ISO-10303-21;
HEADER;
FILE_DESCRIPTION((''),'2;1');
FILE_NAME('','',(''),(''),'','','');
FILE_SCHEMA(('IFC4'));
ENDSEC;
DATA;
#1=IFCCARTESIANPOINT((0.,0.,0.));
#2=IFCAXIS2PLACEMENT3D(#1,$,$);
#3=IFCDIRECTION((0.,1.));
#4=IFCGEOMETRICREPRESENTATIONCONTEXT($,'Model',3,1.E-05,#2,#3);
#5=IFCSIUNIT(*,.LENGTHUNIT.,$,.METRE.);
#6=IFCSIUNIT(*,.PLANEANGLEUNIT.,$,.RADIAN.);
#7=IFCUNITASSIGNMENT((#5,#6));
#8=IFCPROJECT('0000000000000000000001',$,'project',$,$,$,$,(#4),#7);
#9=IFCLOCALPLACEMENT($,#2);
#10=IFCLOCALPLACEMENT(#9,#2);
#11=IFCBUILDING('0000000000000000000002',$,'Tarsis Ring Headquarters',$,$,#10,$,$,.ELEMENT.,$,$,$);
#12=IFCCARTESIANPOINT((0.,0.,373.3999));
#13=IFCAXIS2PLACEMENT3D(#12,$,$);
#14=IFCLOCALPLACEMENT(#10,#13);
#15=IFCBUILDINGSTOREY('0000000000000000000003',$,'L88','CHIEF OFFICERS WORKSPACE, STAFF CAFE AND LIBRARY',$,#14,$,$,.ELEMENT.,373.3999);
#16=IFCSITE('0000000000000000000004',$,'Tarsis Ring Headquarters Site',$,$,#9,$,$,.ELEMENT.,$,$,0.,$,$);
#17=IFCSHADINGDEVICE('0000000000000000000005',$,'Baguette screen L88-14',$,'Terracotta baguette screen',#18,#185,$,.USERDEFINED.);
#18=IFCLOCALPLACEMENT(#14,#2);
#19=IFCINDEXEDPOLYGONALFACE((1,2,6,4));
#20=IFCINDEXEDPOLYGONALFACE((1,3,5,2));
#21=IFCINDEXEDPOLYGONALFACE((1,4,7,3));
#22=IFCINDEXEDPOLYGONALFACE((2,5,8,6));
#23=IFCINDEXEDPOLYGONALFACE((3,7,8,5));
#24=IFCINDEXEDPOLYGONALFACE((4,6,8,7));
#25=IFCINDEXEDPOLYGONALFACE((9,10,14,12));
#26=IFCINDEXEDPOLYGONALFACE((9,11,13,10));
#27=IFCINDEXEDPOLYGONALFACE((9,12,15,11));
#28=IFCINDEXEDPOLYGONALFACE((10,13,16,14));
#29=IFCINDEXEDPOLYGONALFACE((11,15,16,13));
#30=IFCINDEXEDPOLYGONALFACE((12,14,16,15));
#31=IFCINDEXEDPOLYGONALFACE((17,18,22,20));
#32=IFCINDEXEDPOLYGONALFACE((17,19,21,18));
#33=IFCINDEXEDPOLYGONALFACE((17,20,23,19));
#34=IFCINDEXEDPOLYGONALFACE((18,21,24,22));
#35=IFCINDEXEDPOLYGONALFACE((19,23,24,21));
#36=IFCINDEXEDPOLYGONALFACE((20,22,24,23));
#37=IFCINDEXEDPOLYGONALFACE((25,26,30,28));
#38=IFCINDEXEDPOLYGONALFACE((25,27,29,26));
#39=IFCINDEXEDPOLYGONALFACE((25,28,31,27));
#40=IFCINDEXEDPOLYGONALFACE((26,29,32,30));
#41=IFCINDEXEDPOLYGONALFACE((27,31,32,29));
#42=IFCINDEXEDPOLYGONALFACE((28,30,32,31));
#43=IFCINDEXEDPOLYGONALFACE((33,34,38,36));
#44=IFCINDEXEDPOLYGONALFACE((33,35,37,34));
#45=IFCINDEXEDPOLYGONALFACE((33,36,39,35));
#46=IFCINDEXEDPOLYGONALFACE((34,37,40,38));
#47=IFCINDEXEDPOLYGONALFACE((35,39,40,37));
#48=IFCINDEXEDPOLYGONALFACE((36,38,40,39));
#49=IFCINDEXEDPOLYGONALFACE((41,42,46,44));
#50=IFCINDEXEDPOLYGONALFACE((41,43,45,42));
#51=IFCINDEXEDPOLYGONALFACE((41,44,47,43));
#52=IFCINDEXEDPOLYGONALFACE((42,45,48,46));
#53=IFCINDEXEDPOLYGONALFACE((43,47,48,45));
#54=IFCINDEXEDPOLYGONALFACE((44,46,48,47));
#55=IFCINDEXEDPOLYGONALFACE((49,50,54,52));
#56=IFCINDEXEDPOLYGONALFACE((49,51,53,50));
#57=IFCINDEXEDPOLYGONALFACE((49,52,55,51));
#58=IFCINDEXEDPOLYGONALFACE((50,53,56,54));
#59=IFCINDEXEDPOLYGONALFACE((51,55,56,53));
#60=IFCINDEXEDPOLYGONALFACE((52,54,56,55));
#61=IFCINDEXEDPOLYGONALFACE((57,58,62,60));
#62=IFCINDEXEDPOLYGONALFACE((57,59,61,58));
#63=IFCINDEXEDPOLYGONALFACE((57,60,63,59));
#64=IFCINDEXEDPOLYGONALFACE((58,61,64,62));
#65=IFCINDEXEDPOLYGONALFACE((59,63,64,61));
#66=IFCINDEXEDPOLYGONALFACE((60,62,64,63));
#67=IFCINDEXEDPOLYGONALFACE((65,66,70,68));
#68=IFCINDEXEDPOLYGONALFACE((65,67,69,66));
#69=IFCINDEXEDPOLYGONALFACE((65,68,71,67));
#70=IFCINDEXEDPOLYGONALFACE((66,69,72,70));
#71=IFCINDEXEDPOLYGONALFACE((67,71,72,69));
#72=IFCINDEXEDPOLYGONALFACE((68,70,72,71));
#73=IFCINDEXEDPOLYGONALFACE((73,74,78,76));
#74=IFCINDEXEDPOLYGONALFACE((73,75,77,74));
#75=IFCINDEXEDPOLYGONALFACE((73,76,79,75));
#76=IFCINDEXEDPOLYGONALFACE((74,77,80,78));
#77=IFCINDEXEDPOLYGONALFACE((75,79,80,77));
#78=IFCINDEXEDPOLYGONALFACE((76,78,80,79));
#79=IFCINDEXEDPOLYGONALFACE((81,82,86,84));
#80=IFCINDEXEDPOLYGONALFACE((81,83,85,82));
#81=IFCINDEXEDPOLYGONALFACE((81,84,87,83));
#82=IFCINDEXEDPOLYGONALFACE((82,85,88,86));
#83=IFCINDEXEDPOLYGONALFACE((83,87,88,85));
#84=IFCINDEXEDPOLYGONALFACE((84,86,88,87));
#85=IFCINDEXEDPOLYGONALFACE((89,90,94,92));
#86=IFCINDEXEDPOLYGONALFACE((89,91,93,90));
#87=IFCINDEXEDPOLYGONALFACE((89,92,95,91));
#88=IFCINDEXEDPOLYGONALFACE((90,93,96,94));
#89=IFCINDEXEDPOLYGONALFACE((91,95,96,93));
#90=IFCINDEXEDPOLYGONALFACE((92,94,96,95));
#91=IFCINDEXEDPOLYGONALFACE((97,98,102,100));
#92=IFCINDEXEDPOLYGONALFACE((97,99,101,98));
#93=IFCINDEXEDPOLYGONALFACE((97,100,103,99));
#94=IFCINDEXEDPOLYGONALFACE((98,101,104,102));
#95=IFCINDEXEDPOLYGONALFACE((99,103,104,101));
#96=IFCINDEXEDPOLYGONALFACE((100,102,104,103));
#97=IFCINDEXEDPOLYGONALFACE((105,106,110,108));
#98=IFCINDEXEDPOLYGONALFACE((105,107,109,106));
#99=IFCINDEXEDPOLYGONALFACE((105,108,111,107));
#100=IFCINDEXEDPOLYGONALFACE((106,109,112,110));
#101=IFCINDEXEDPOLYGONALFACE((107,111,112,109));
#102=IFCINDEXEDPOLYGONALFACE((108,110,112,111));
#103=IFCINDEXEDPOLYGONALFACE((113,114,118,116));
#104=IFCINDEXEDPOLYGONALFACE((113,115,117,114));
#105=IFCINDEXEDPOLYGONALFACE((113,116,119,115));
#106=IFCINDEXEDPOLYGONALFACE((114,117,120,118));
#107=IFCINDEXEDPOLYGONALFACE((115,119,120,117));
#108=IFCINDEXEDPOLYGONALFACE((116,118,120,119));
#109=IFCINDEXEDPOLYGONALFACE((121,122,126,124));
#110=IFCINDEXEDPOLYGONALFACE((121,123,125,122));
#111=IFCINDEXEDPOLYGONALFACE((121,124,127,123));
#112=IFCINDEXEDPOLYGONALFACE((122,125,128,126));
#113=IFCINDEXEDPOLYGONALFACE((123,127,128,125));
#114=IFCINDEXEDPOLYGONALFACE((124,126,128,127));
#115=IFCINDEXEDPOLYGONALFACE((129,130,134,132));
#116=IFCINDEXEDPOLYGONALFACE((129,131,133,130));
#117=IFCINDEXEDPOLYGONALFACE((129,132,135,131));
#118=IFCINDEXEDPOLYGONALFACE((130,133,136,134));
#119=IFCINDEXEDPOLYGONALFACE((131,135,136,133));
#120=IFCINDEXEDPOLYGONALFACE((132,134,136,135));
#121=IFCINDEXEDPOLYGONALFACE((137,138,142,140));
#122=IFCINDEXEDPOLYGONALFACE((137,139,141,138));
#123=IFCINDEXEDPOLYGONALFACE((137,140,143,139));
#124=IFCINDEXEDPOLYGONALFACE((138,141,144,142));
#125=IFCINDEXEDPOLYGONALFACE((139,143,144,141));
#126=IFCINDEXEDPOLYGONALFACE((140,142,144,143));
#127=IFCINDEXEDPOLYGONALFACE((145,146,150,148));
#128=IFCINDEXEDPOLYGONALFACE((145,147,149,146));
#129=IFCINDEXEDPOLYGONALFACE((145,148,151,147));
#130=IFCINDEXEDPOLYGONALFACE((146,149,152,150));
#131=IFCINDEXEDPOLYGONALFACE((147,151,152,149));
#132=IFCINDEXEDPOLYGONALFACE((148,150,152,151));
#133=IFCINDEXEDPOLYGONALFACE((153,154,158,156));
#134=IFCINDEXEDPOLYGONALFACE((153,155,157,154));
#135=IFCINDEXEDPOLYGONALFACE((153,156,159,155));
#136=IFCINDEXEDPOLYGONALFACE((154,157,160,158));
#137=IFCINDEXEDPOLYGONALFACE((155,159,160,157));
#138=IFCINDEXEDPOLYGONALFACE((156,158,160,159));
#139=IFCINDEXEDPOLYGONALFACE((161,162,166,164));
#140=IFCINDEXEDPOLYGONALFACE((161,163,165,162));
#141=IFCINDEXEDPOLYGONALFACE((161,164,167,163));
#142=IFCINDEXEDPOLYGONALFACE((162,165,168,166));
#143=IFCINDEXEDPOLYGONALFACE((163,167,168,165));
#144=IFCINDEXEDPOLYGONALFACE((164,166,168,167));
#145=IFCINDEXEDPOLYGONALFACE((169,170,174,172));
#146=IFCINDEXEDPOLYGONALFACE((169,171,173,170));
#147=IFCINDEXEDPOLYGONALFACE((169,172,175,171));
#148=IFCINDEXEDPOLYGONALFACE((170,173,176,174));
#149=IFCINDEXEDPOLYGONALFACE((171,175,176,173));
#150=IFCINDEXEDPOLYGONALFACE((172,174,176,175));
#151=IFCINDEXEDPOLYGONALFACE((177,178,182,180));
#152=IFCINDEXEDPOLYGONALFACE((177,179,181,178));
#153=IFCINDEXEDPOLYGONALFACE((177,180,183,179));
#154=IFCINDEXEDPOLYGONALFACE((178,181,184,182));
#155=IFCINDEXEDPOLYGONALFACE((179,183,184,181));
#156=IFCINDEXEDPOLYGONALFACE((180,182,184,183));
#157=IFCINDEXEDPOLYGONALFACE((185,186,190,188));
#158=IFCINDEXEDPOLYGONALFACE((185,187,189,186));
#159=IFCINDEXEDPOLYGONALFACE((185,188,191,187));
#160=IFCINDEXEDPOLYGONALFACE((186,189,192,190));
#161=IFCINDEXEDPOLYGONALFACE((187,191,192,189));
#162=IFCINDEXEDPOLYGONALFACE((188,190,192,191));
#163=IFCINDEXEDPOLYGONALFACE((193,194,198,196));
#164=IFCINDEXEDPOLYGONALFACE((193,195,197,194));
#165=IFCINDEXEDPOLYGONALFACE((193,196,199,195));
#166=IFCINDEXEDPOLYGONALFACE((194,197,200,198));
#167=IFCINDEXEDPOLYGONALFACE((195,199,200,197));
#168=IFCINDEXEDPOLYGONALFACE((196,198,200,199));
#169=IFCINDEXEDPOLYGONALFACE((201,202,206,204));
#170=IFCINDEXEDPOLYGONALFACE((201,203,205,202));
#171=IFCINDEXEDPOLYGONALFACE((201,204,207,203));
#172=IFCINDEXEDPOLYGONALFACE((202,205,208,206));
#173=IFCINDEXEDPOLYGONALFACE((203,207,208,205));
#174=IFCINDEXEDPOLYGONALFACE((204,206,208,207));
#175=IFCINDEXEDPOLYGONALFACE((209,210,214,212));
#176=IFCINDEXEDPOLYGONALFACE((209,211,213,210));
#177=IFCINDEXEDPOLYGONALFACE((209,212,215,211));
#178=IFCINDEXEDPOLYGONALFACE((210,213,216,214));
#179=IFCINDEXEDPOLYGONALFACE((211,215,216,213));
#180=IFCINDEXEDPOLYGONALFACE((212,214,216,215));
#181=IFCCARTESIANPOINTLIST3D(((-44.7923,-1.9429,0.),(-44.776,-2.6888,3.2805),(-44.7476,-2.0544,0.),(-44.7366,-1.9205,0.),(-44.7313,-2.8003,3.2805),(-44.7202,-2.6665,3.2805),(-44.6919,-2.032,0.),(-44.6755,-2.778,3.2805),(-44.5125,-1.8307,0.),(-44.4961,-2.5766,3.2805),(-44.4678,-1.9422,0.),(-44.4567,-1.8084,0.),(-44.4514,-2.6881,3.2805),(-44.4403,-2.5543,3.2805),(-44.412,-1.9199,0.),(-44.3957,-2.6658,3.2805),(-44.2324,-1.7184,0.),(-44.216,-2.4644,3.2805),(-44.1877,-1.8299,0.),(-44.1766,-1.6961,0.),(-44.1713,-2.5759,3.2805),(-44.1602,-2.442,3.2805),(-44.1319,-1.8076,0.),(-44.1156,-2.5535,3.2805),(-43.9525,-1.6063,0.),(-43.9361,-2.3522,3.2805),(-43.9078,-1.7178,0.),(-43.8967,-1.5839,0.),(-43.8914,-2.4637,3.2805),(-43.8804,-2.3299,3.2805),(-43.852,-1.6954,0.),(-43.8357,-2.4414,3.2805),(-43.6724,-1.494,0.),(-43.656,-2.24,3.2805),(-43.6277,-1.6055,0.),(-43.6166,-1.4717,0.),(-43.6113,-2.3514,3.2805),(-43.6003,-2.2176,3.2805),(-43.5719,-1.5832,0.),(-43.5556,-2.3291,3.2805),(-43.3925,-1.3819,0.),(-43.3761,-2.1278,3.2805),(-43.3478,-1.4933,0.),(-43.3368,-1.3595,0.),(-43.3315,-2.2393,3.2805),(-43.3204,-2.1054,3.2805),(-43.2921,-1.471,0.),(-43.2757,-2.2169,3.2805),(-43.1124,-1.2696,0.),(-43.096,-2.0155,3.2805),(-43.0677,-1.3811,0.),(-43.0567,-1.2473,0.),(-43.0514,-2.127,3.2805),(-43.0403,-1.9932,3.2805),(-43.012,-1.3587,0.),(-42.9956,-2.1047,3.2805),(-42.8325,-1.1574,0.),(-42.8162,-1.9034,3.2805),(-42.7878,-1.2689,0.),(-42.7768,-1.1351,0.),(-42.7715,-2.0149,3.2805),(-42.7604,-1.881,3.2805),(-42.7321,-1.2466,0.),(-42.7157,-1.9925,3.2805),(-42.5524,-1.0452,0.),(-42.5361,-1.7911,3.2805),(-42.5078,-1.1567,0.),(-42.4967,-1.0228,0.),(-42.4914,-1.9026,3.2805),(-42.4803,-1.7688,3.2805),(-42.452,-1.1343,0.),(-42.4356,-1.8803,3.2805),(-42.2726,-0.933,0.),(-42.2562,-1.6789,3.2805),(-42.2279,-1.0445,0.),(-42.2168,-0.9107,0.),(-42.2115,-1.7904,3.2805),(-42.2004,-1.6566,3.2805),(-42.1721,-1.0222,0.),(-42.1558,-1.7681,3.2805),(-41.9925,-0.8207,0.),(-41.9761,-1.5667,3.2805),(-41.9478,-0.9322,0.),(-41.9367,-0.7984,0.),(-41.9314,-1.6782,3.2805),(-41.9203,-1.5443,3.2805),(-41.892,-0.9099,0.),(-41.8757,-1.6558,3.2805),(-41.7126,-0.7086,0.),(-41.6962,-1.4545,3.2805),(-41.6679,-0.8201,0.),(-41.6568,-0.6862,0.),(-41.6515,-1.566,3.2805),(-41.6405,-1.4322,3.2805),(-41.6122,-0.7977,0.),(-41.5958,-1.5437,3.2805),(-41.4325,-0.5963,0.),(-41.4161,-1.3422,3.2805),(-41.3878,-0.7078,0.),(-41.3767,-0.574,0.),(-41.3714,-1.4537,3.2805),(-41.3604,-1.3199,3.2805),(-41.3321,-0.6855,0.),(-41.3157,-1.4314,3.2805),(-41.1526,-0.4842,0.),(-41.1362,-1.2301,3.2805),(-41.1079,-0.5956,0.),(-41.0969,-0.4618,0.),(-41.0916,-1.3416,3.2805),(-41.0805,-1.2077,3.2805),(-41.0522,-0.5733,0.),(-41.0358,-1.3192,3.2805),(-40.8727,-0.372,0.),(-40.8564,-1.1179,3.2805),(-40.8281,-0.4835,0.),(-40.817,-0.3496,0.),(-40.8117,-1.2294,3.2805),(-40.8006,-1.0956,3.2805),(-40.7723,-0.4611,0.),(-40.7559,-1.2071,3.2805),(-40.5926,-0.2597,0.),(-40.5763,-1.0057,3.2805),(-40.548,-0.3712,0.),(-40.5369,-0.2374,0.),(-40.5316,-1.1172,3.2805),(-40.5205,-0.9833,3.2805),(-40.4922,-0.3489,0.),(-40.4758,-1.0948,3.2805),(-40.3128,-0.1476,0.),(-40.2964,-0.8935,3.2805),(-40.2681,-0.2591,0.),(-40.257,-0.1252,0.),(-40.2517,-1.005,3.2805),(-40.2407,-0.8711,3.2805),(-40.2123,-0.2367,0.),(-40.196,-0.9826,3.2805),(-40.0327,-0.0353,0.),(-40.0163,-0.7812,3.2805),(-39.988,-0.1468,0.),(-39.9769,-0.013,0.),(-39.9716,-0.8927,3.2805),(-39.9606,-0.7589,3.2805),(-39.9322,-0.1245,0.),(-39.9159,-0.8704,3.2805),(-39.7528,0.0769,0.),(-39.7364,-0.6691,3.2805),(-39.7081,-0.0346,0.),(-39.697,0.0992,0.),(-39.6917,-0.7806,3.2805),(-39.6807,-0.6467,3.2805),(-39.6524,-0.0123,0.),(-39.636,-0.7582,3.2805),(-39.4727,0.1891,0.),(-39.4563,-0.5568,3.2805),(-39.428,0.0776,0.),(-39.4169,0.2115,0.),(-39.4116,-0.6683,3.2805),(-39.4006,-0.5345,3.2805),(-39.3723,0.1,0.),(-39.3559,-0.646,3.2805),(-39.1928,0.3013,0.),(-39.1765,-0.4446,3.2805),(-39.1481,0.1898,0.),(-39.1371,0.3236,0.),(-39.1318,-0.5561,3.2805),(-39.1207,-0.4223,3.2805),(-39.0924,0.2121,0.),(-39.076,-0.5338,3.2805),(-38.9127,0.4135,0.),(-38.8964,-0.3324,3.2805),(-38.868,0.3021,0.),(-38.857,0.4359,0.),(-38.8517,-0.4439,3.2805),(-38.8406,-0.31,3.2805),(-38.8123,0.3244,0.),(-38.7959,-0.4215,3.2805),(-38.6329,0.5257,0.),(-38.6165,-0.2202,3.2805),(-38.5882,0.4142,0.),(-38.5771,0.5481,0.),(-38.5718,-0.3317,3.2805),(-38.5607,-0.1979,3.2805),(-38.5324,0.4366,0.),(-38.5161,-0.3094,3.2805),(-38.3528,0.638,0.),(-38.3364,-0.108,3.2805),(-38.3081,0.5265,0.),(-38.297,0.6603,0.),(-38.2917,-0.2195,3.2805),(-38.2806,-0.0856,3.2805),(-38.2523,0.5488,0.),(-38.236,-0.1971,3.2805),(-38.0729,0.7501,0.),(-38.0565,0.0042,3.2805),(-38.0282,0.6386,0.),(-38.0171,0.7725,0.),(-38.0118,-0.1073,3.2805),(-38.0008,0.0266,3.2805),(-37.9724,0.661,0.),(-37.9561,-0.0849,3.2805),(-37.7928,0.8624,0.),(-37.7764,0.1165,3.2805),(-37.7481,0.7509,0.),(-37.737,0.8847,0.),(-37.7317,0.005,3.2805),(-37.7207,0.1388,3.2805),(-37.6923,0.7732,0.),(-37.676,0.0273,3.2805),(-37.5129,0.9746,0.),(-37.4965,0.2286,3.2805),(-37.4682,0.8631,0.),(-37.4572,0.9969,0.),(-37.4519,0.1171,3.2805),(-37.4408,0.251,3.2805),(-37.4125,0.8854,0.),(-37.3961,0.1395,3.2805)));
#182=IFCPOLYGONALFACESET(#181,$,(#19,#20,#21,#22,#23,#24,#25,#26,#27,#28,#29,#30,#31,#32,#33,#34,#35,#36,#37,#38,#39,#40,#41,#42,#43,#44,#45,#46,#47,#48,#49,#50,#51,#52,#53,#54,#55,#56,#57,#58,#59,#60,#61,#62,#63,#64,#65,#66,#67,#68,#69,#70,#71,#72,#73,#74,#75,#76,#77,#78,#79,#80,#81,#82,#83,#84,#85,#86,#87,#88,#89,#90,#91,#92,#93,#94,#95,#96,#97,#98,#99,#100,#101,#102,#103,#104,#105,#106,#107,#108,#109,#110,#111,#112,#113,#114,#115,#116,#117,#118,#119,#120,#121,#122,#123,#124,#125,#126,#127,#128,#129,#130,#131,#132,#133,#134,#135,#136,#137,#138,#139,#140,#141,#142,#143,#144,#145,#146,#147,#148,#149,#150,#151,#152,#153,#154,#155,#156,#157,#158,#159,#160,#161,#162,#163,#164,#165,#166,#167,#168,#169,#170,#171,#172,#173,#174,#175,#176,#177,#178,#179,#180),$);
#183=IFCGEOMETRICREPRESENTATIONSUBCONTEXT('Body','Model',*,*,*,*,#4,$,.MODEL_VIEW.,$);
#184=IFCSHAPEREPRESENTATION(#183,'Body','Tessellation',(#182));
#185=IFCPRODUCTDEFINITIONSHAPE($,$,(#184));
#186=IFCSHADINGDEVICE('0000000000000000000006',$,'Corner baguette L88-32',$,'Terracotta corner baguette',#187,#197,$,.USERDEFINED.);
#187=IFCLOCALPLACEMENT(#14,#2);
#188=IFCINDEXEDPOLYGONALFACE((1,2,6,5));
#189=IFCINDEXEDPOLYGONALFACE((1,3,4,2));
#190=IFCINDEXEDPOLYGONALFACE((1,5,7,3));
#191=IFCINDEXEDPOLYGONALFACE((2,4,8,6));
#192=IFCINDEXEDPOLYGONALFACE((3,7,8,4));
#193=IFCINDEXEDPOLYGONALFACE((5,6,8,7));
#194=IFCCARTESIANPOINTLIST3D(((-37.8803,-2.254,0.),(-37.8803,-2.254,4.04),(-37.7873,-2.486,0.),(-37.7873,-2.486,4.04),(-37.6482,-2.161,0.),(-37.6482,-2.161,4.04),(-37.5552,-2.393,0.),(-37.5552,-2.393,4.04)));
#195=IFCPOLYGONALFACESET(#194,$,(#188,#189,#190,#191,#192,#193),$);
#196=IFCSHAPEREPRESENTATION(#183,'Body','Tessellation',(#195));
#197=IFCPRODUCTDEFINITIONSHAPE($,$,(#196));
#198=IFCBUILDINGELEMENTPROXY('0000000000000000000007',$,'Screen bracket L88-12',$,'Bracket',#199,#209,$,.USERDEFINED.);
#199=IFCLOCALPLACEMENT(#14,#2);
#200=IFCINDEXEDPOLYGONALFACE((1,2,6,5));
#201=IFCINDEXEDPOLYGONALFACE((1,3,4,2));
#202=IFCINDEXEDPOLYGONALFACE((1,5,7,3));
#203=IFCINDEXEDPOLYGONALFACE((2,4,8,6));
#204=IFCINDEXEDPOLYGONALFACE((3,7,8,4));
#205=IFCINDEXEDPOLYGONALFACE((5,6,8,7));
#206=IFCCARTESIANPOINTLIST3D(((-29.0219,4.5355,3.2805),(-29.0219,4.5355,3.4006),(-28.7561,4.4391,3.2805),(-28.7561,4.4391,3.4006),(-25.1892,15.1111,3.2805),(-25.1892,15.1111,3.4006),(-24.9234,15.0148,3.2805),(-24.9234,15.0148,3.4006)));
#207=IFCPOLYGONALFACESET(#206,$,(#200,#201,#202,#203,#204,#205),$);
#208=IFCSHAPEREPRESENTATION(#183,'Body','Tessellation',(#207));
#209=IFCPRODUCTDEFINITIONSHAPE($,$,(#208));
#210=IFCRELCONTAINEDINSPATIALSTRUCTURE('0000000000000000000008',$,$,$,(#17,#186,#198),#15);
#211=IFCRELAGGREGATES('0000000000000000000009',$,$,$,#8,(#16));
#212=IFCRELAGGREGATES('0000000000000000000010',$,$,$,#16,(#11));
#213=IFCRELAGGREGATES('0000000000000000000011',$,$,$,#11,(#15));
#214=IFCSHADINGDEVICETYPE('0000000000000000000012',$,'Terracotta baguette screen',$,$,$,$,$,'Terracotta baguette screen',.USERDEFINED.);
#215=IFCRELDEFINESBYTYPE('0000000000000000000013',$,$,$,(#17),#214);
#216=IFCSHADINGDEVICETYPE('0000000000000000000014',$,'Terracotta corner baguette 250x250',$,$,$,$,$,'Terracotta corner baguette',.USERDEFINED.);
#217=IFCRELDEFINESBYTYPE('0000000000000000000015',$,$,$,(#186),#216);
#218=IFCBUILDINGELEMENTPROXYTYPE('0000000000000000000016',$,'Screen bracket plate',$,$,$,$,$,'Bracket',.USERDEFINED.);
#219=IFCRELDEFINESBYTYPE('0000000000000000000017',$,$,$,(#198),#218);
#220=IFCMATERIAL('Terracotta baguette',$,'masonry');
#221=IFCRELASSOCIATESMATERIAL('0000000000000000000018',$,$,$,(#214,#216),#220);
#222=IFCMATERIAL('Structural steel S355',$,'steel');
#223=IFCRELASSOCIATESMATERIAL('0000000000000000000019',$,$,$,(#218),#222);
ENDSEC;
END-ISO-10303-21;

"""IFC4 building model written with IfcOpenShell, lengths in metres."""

from ifc_helpers import new_model, si_unit, direction, frame, frame_2d, origin, origin_2d, place, context, subcontext, project, spatial, rectangle, composite_profile, extrude, material, type_object, element, save


model = new_model("IFC4")

# Units and contexts
model_context = context("Model", 3, precision=1e-05, world=origin(), true_north=direction((0.0, 1.0)))
body_context = subcontext(model_context, "Body", "Model", "MODEL_VIEW")
ifc_project = project(units=[si_unit("LENGTHUNIT", "METRE"), si_unit("PLANEANGLEUNIT", "RADIAN")], contexts=[model_context])

# Site, building, storey
site_placement = place(None, origin())
site = spatial("IfcSite", under=ifc_project, at=site_placement, Name="Tarsis Ring Headquarters Site", CompositionType="ELEMENT", RefElevation=0.0)
building_placement = place(site_placement, origin())
building = spatial("IfcBuilding", under=site, at=building_placement, Name="Tarsis Ring Headquarters", CompositionType="ELEMENT")
storey_placement = place(building_placement, frame((0.0, 0.0, 373.3999)))
storey = spatial("IfcBuildingStorey", under=building, at=storey_placement, Name="L88", Description="CHIEF OFFICERS WORKSPACE, STAFF CAFE AND LIBRARY", CompositionType="ELEMENT", Elevation=373.3999)

# Shared definitions
ifc_material_1 = material(Name="Structural steel S355", Category="steel")

# Shading devices
ifc_material_2 = material(Name="Terracotta baguette", Category="masonry")
shading_device_type_1 = type_object("IfcShadingDeviceType", Name="Terracotta baguette screen", ElementType="Terracotta baguette screen", PredefinedType="USERDEFINED", material=ifc_material_2)
shading_device_1_placement = place(storey_placement, frame((-37.4348, 0.9412, 0.0), z_axis=(0.0, 0.0, 1.0), x_axis=(-0.928229, -0.372015, 0.0)))
element("IfcShadingDevice", 1, at=shading_device_1_placement, inside=storey, type_object=shading_device_type_1, Name="Baguette screen L88-14", ObjectType="Terracotta baguette screen", PredefinedType="USERDEFINED", context=body_context, shape_type="SweptSolid", body=[
    extrude(composite_profile([rectangle(XDim=0.0601, YDim=0.1201, at=frame_2d((0.03, 0.0))), rectangle(XDim=0.0601, YDim=0.1201, at=frame_2d((0.3315, 0.0))), rectangle(XDim=0.0601, YDim=0.1201, at=frame_2d((0.6333, 0.0))), rectangle(XDim=0.0601, YDim=0.1201, at=frame_2d((0.9348, 0.0))), rectangle(XDim=0.0601, YDim=0.1201, at=frame_2d((1.2366, 0.0))), rectangle(XDim=0.0601, YDim=0.1201, at=frame_2d((1.5381, 0.0))), rectangle(XDim=0.0601, YDim=0.1201, at=frame_2d((1.8398, 0.0))), rectangle(XDim=0.0601, YDim=0.1201, at=frame_2d((2.1414, 0.0))), rectangle(XDim=0.0601, YDim=0.1201, at=frame_2d((2.4431, 0.0))), rectangle(XDim=0.0601, YDim=0.1201, at=frame_2d((2.7446, 0.0))), rectangle(XDim=0.0601, YDim=0.1201, at=frame_2d((3.0464, 0.0))), rectangle(XDim=0.0601, YDim=0.1201, at=frame_2d((3.3479, 0.0))), rectangle(XDim=0.0601, YDim=0.1201, at=frame_2d((3.6497, 0.0))), rectangle(XDim=0.0601, YDim=0.1201, at=frame_2d((3.9512, 0.0))), rectangle(XDim=0.0601, YDim=0.1201, at=frame_2d((4.2527, 0.0))), rectangle(XDim=0.0601, YDim=0.1201, at=frame_2d((4.5544, 0.0))), rectangle(XDim=0.0601, YDim=0.1201, at=frame_2d((4.856, 0.0))), rectangle(XDim=0.0601, YDim=0.1201, at=frame_2d((5.1577, 0.0))), rectangle(XDim=0.0601, YDim=0.1201, at=frame_2d((5.4592, 0.0))), rectangle(XDim=0.0601, YDim=0.1201, at=frame_2d((5.761, 0.0))), rectangle(XDim=0.0601, YDim=0.1201, at=frame_2d((6.0625, 0.0))), rectangle(XDim=0.0601, YDim=0.1201, at=frame_2d((6.3643, 0.0))), rectangle(XDim=0.0601, YDim=0.1201, at=frame_2d((6.6658, 0.0))), rectangle(XDim=0.0601, YDim=0.1201, at=frame_2d((6.9675, 0.0))), rectangle(XDim=0.0601, YDim=0.1201, at=frame_2d((7.269, 0.0))), rectangle(XDim=0.0601, YDim=0.1201, at=frame_2d((7.5708, 0.0))), rectangle(XDim=0.0601, YDim=0.1201, at=frame_2d((7.8723, 0.0)))]), origin(), (0.077968, 0.207618, 0.975098), 3.3643),
])
shading_device_type_2 = type_object("IfcShadingDeviceType", Name="Terracotta corner baguette 250x250", ElementType="Terracotta corner baguette", PredefinedType="USERDEFINED", material=ifc_material_2)
shading_device_2_placement = place(storey_placement, frame((-37.7178, -2.3235, 0.0), z_axis=(0.0, 0.0, 1.0), x_axis=(-0.928226, -0.372016, 0.0)))
element("IfcShadingDevice", 2, at=shading_device_2_placement, inside=storey, type_object=shading_device_type_2, Name="Corner baguette L88-32", ObjectType="Terracotta corner baguette", PredefinedType="USERDEFINED", context=body_context, shape_type="SweptSolid", body=[
    extrude(rectangle(XDim=0.25, YDim=0.25, at=origin_2d()), origin(), (0.0, 0.0, 1.0), 4.04),
])

# Building element proxy
building_element_proxy_type = type_object("IfcBuildingElementProxyType", Name="Screen bracket plate", ElementType="Bracket", PredefinedType="USERDEFINED", material=ifc_material_1)
proxy_placement = place(storey_placement, frame((-26.9727, 9.7751, 3.2805), z_axis=(0.0, 0.0, 1.0), x_axis=(-0.340729, -0.940162, 0.0)))
element("IfcBuildingElementProxy", 3, at=proxy_placement, inside=storey, type_object=building_element_proxy_type, Name="Screen bracket L88-12", ObjectType="Bracket", PredefinedType="USERDEFINED", context=body_context, shape_type="SweptSolid", body=[
    extrude(rectangle(XDim=11.2488, YDim=0.2827, at=origin_2d()), origin(), (0.0, 0.0, 1.0), 0.1201),
])

save(model, "model.ifc")
